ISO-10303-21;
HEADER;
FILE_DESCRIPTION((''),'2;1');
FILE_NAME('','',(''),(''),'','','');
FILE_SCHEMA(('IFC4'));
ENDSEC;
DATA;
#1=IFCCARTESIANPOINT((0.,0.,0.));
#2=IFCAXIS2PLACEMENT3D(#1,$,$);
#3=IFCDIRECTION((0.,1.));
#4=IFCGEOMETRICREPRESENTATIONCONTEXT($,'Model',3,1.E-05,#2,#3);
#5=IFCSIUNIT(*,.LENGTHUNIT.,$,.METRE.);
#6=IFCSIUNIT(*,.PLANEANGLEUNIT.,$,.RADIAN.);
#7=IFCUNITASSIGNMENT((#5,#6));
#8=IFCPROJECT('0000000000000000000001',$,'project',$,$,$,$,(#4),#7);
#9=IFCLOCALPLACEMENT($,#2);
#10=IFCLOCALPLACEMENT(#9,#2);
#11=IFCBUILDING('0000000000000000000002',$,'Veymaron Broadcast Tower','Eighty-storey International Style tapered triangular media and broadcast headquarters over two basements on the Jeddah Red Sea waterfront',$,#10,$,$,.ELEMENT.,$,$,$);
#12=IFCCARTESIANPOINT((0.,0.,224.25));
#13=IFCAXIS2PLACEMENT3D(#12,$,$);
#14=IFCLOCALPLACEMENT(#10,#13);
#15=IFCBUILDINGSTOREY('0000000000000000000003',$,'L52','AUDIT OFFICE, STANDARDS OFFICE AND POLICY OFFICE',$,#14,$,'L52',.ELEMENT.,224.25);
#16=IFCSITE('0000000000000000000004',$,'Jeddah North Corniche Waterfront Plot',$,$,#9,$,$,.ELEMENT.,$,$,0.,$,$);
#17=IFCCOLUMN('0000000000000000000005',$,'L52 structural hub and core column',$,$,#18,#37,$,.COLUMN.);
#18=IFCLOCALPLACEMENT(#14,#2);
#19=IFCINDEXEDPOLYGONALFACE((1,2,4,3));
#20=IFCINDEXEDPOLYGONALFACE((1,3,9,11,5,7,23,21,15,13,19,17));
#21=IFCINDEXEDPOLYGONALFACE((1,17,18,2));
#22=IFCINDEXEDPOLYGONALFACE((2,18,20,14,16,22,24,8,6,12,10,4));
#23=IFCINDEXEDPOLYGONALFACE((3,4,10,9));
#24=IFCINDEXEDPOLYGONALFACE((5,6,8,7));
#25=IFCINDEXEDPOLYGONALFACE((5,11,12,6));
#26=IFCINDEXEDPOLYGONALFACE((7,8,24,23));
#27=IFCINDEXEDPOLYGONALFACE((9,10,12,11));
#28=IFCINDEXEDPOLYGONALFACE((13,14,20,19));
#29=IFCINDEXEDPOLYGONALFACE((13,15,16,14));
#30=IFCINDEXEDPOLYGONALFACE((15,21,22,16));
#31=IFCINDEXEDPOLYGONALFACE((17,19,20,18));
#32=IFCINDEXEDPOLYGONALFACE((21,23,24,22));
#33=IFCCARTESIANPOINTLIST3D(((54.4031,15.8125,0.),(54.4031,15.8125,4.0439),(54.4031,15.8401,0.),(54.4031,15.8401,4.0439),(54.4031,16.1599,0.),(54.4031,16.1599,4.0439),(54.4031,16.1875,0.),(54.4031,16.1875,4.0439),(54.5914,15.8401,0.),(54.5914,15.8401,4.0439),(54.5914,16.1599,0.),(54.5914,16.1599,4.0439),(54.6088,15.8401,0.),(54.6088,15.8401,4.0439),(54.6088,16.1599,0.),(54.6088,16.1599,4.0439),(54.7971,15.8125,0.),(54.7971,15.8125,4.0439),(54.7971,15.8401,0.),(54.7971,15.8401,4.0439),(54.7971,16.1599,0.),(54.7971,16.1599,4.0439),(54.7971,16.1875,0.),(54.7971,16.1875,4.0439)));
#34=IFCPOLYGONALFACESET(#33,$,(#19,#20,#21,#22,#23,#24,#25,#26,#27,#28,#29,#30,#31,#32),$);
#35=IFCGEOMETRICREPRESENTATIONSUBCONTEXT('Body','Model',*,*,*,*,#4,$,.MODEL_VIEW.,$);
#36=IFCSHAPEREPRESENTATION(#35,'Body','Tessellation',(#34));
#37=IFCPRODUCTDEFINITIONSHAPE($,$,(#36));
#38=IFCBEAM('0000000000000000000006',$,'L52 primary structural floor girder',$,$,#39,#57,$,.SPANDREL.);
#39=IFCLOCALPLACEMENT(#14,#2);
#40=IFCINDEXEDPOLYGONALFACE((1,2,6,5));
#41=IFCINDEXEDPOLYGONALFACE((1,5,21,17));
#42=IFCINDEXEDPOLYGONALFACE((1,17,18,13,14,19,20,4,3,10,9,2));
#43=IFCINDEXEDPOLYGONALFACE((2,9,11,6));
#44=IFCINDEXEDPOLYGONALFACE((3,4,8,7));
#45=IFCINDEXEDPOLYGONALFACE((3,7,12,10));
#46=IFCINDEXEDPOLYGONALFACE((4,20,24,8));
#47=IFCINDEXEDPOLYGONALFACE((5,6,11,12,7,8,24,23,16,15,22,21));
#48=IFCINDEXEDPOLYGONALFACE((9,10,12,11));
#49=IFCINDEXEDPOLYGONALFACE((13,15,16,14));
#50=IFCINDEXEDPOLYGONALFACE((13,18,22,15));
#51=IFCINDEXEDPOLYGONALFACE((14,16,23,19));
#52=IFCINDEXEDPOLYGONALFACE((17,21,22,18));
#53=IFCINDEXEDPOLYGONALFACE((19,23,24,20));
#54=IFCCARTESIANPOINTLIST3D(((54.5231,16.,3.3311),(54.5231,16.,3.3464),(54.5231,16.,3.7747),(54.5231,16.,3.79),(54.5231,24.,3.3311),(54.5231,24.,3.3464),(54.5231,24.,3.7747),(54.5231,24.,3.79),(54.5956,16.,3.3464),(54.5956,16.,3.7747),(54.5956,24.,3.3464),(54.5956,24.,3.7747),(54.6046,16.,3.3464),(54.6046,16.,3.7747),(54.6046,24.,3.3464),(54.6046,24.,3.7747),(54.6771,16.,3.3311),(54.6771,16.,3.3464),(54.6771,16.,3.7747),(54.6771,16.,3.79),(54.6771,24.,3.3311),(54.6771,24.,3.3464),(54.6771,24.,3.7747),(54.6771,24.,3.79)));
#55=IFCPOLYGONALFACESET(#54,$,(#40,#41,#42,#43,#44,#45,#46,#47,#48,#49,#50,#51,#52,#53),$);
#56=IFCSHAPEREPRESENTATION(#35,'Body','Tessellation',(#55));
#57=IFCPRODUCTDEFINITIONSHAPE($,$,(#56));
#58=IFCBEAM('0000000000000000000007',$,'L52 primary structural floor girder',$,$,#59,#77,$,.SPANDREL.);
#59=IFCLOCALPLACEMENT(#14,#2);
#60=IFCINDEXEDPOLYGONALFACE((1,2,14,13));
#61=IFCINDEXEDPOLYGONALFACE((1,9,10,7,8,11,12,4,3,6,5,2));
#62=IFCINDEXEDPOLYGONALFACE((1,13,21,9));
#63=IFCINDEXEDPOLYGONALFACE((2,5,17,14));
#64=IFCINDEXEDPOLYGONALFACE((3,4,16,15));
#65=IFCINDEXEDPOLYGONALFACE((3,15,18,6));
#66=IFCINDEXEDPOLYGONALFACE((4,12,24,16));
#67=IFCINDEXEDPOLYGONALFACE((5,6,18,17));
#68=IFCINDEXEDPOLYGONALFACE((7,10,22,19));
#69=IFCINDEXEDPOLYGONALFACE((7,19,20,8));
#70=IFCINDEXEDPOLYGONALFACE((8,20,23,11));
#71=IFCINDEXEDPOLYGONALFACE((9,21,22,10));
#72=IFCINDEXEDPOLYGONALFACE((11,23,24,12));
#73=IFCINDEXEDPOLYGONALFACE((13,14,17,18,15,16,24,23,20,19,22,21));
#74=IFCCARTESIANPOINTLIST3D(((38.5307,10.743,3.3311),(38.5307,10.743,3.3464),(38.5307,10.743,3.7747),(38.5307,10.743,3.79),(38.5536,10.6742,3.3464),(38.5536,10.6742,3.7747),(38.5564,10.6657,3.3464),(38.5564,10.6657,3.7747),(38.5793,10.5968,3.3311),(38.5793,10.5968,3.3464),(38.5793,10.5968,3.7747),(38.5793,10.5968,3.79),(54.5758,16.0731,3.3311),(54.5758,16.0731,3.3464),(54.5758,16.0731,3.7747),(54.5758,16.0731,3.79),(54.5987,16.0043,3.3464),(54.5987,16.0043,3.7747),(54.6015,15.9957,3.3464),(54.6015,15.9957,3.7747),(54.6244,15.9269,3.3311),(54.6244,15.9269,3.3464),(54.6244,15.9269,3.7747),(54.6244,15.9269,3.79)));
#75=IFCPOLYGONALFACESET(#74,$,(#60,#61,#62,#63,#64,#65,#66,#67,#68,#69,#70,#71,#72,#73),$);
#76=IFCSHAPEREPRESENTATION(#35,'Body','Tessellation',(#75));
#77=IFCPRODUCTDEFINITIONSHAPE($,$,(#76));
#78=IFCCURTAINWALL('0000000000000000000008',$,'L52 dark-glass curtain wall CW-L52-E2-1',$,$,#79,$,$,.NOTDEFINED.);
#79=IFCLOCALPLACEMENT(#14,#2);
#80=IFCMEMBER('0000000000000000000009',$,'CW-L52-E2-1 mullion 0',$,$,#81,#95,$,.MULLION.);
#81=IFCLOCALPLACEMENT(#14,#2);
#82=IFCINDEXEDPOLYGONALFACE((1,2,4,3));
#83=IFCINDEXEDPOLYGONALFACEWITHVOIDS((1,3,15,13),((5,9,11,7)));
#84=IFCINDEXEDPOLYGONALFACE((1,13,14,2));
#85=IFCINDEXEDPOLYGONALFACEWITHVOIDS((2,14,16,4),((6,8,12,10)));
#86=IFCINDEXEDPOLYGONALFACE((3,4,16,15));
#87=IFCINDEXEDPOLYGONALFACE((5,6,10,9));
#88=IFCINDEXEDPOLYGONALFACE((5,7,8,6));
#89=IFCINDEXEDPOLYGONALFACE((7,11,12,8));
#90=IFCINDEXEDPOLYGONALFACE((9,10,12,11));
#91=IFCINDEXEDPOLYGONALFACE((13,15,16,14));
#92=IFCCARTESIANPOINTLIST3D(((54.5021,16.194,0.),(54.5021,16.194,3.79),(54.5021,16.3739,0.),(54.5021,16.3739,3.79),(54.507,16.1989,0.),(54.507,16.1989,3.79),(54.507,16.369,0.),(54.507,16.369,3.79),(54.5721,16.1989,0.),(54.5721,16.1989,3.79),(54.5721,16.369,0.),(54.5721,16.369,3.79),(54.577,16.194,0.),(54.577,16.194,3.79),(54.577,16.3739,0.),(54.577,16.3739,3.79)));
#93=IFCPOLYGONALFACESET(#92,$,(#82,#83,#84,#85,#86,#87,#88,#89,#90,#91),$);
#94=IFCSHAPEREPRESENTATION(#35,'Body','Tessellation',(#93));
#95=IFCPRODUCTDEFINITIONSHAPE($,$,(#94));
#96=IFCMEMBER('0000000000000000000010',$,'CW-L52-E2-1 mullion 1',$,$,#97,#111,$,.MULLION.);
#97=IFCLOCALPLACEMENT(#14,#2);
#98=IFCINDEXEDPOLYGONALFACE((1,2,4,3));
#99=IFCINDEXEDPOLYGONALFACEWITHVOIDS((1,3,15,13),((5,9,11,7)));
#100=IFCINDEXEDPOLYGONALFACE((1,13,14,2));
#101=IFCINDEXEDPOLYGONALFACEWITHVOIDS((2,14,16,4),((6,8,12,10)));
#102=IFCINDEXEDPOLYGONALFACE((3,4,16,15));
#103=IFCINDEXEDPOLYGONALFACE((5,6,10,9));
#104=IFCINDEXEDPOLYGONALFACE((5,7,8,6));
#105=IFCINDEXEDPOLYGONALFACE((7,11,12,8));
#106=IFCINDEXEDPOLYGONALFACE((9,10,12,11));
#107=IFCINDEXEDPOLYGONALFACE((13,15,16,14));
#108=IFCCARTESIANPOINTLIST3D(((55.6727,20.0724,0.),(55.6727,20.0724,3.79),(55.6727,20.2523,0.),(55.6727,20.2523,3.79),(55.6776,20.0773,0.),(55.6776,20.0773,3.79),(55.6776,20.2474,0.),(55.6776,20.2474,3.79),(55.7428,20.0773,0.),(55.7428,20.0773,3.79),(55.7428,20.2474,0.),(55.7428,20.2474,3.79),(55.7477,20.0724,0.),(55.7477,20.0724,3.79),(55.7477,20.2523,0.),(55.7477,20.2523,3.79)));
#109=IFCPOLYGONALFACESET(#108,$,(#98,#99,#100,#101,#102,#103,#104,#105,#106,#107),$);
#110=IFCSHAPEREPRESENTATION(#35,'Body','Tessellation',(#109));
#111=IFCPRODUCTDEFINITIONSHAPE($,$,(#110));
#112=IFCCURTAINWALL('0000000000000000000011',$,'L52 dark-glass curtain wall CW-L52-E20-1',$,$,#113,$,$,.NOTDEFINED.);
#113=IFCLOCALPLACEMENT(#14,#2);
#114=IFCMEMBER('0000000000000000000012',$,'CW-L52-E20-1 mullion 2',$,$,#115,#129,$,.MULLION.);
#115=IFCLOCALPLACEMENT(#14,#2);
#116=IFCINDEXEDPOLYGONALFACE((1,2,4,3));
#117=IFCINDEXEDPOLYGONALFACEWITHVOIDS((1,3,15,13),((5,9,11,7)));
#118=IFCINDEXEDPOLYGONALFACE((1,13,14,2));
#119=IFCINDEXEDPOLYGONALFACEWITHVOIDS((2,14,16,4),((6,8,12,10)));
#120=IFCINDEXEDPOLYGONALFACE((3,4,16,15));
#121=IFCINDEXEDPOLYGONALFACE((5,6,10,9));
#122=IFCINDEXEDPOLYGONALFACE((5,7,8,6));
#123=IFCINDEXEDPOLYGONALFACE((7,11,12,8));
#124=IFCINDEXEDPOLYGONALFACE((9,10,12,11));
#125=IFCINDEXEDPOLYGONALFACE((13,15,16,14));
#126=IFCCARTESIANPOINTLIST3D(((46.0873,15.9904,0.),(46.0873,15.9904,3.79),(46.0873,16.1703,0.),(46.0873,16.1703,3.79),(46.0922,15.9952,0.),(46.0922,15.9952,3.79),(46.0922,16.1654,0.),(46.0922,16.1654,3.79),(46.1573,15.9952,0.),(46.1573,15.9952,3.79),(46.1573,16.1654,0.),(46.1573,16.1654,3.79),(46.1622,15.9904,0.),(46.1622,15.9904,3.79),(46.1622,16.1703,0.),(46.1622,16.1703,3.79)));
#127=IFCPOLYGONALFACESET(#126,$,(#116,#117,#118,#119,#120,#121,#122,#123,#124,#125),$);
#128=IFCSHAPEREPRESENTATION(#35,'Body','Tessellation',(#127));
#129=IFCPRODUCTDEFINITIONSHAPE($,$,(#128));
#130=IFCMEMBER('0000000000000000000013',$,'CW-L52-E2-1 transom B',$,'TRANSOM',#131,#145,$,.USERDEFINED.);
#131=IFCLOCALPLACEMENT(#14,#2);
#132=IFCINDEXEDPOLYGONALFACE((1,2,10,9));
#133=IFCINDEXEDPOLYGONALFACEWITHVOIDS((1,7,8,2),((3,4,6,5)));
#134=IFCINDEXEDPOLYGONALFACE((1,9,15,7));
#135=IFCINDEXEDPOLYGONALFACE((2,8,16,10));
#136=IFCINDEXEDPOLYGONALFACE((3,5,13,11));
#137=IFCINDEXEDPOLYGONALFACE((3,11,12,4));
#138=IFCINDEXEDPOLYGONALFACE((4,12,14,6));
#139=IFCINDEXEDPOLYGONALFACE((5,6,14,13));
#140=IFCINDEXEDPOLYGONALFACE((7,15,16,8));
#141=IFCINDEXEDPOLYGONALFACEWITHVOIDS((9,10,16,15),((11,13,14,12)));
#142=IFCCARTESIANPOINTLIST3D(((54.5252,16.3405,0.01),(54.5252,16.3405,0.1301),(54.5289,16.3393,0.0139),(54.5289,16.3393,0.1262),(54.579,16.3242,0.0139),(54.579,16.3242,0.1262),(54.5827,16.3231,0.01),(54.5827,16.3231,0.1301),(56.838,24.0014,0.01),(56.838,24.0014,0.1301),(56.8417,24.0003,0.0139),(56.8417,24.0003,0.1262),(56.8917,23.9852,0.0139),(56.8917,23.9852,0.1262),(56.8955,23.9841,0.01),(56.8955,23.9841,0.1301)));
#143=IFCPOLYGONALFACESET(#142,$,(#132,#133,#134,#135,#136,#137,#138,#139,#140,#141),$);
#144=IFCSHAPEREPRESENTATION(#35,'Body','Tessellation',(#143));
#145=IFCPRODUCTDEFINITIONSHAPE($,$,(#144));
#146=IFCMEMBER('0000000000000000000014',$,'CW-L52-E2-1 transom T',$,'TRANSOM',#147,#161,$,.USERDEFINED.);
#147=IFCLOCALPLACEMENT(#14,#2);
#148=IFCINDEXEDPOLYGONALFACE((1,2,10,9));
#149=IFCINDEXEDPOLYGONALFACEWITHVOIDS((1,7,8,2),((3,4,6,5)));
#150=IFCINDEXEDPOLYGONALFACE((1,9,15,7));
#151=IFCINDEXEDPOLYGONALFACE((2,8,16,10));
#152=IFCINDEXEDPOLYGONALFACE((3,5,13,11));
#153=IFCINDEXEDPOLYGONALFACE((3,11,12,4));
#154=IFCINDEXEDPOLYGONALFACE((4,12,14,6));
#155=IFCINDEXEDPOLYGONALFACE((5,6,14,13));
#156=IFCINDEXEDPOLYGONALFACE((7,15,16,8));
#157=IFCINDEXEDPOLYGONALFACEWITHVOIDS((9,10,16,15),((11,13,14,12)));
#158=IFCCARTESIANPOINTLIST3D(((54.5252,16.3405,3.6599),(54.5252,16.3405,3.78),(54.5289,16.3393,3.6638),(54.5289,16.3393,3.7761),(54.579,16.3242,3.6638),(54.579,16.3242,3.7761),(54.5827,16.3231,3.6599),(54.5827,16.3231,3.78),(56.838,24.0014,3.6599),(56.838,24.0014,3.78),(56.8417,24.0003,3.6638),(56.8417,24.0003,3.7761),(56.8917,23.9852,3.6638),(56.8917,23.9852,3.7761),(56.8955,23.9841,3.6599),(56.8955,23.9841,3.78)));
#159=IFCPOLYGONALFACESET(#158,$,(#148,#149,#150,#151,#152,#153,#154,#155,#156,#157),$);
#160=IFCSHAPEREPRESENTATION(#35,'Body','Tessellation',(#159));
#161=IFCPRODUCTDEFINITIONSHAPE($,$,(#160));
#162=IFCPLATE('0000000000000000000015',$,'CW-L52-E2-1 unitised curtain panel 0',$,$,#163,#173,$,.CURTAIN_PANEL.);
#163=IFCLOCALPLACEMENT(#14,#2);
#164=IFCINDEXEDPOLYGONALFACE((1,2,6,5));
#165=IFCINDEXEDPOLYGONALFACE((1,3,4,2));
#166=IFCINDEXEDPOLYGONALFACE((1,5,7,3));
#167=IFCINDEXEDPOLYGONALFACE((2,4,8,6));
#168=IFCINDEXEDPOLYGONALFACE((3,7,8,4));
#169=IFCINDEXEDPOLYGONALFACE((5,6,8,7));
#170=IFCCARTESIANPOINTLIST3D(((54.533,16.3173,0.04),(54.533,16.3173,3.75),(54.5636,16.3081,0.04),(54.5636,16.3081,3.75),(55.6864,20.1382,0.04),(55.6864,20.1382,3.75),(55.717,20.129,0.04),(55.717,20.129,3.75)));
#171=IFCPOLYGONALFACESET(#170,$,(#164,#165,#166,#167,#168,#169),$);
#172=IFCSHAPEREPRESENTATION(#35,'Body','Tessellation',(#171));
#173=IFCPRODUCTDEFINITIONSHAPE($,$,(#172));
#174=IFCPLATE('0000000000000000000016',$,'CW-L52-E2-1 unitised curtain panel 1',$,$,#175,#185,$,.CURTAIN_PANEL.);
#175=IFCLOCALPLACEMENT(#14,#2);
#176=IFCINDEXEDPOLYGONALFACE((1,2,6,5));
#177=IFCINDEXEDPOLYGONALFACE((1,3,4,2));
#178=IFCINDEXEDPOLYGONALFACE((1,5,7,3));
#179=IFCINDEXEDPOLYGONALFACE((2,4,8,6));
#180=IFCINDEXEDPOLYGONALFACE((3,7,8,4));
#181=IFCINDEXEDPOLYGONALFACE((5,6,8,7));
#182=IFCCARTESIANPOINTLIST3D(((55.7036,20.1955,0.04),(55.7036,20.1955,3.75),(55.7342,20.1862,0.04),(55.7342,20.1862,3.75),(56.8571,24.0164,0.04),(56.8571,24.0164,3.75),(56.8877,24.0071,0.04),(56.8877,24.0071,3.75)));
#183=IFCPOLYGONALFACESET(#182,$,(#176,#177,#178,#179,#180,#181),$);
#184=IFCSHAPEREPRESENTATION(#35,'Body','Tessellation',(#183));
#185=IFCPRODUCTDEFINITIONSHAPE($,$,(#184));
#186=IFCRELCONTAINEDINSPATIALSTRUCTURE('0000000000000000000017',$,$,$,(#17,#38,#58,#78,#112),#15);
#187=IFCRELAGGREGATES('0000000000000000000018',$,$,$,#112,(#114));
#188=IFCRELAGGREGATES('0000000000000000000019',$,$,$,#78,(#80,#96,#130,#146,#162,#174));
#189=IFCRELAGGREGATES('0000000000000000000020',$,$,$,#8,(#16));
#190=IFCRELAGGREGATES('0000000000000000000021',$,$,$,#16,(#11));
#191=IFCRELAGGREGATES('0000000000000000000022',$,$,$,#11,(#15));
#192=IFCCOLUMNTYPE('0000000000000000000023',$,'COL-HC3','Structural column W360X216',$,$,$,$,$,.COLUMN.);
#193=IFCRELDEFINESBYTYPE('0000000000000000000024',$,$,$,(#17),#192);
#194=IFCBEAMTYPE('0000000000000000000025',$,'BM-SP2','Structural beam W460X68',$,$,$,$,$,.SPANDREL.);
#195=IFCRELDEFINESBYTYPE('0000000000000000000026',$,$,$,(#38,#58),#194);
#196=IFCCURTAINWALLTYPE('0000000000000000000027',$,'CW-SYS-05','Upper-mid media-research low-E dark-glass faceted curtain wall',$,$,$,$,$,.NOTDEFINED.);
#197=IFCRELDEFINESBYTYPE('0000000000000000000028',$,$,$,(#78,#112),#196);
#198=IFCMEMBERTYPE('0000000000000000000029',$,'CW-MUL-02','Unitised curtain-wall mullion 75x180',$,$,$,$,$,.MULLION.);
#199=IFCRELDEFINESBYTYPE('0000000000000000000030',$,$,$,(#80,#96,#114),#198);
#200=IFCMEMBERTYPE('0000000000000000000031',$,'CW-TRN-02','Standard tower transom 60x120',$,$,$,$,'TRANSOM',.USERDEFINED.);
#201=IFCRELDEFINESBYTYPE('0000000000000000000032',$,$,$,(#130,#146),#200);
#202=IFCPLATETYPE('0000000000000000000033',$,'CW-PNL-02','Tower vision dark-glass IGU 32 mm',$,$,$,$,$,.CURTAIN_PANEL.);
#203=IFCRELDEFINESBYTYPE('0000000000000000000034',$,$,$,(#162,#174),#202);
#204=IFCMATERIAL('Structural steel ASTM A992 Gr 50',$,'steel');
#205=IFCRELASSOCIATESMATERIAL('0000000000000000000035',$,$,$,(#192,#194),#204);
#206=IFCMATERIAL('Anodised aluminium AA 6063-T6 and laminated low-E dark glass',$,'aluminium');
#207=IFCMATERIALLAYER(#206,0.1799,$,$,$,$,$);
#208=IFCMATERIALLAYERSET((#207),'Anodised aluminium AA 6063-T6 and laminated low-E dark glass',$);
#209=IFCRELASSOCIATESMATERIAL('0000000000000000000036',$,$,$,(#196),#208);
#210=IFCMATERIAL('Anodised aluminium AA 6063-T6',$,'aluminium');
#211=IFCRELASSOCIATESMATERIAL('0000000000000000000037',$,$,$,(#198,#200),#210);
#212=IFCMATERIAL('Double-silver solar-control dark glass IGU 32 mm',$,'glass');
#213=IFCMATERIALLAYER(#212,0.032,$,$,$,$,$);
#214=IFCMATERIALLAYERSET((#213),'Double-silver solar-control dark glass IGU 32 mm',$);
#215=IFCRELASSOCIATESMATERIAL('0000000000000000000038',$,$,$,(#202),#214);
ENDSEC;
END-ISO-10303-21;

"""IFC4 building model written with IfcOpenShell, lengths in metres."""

from ifc_helpers import new_model, si_unit, direction, frame, origin, origin_2d, place, context, subcontext, project, spatial, rectangle, hollow_rectangle, i_section, extrude, material, layer, layer_set, material_profile, profile_set, type_object, element, aggregate, save


model = new_model("IFC4")

# Units and contexts
model_context = context("Model", 3, precision=1e-05, world=origin(), true_north=direction((0.0, 1.0)))
body_context = subcontext(model_context, "Body", "Model", "MODEL_VIEW")
ifc_project = project(units=[si_unit("LENGTHUNIT", "METRE"), si_unit("PLANEANGLEUNIT", "RADIAN")], contexts=[model_context])

# Site, building, storey
site_placement = place(None, origin())
site = spatial("IfcSite", under=ifc_project, at=site_placement, Name="Jeddah North Corniche Waterfront Plot", CompositionType="ELEMENT", RefElevation=0.0)
building_placement = place(site_placement, origin())
building = spatial("IfcBuilding", under=site, at=building_placement, Name="Veymaron Broadcast Tower", Description="Eighty-storey International Style tapered triangular media and broadcast headquarters over two basements on the Jeddah Red Sea waterfront", CompositionType="ELEMENT")
storey_placement = place(building_placement, frame((0.0, 0.0, 224.25)))
storey = spatial("IfcBuildingStorey", under=building, at=storey_placement, Name="L52", Description="AUDIT OFFICE, STANDARDS OFFICE AND POLICY OFFICE", LongName="L52", CompositionType="ELEMENT", Elevation=224.25)

# Column
ifc_material_1 = material(Name="Structural steel ASTM A992 Gr 50", Category="steel")
ifc_material_profile_1 = material_profile(ifc_material_1, i_section(OverallWidth=0.394, OverallDepth=0.375, WebThickness=0.0173, FlangeThickness=0.0276, at=origin_2d()), Name="W360X216")
ifc_profile_set_1 = profile_set([ifc_material_profile_1], Name="Structural steel ASTM A992 Gr 50")
column_type = type_object("IfcColumnType", Name="COL-HC3", Description="Structural column W360X216", PredefinedType="COLUMN", material=ifc_profile_set_1)
column_placement = place(storey_placement, frame((54.6001, 16.0, 0.0), z_axis=(0.0, 0.0, 1.0), x_axis=(1.0, 0.0, 0.0)))
element("IfcColumn", 1, at=column_placement, inside=storey, type_object=column_type, Name="L52 structural hub and core column", PredefinedType="COLUMN", context=body_context, shape_type="SweptSolid", body=[
    extrude(i_section(OverallWidth=0.394, OverallDepth=0.375, WebThickness=0.0173, FlangeThickness=0.0276, at=origin_2d()), origin(), (0.0, 0.0, 1.0), 4.0439),
])

# Beams
ifc_material_profile_2 = material_profile(ifc_material_1, i_section(OverallWidth=0.1541, OverallDepth=0.459, WebThickness=0.009, FlangeThickness=0.0154, at=origin_2d()), Name="W460X68")
ifc_profile_set_2 = profile_set([ifc_material_profile_2], Name="Structural steel ASTM A992 Gr 50")
beam_type = type_object("IfcBeamType", Name="BM-SP2", Description="Structural beam W460X68", PredefinedType="SPANDREL", material=ifc_profile_set_2)
beam_1_placement = place(storey_placement, frame((54.6001, 16.0, 3.5605), z_axis=(0.0, 1.0, 0.0), x_axis=(-1.0, 0.0, 0.0)))
element("IfcBeam", 2, at=beam_1_placement, inside=storey, type_object=beam_type, Name="L52 primary structural floor girder", PredefinedType="SPANDREL", context=body_context, shape_type="SweptSolid", body=[
    extrude(i_section(OverallWidth=0.1541, OverallDepth=0.459, WebThickness=0.009, FlangeThickness=0.0154, at=origin_2d()), origin(), (0.0, 0.0, 1.0), 8.0),
])
beam_2_placement = place(storey_placement, frame((54.6001, 16.0, 3.5605), z_axis=(-0.949008, -0.315253, 0.0), x_axis=(0.315253, -0.949008, 0.0)))
element("IfcBeam", 3, at=beam_2_placement, inside=storey, type_object=beam_type, Name="L52 primary structural floor girder", PredefinedType="SPANDREL", context=body_context, shape_type="SweptSolid", body=[
    extrude(i_section(OverallWidth=0.1541, OverallDepth=0.459, WebThickness=0.009, FlangeThickness=0.0154, at=origin_2d()), origin(), (0.0, 0.0, 1.0), 16.9072),
])

# Curtain wall, members
ifc_material_2 = material(Name="Anodised aluminium AA 6063-T6 and laminated low-E dark glass", Category="aluminium")
ifc_layer_1 = layer(ifc_material_2, 0.1799)
ifc_layer_set_1 = layer_set([ifc_layer_1], Name="Anodised aluminium AA 6063-T6 and laminated low-E dark glass")
curtain_wall_type = type_object("IfcCurtainWallType", Name="CW-SYS-05", Description="Upper-mid media-research low-E dark-glass faceted curtain wall", PredefinedType="NOTDEFINED", material=ifc_layer_set_1)
curtain_wall_1_placement = place(storey_placement, origin())
curtain_wall_1 = element("IfcCurtainWall", 4, at=curtain_wall_1_placement, inside=storey, type_object=curtain_wall_type, Name="L52 dark-glass curtain wall CW-L52-E2-1", PredefinedType="NOTDEFINED")
ifc_material_3 = material(Name="Anodised aluminium AA 6063-T6", Category="aluminium")
ifc_material_profile_3 = material_profile(ifc_material_3, hollow_rectangle(XDim=0.075, YDim=0.1799, WallThickness=0.0049, at=origin_2d()), Name="AL180X75X5")
ifc_profile_set_3 = profile_set([ifc_material_profile_3], Name="Anodised aluminium AA 6063-T6")
member_type_1 = type_object("IfcMemberType", Name="CW-MUL-02", Description="Unitised curtain-wall mullion 75x180", PredefinedType="MULLION", material=ifc_profile_set_3)
member_1_placement = place(storey_placement, frame((54.5396, 16.2839, 0.0), z_axis=(0.0, 0.0, 1.0), x_axis=(1.0, 0.0, 0.0)))
member_1 = element("IfcMember", 5, at=member_1_placement, type_object=member_type_1, Name="CW-L52-E2-1 mullion 0", PredefinedType="MULLION", context=body_context, shape_type="SweptSolid", body=[
    extrude(hollow_rectangle(XDim=0.075, YDim=0.1799, WallThickness=0.0049, at=origin_2d()), origin(), (0.0, 0.0, 1.0), 3.79),
])
member_2_placement = place(storey_placement, frame((55.7102, 20.1624, 0.0), z_axis=(0.0, 0.0, 1.0), x_axis=(1.0, 0.0, 0.0)))
member_2 = element("IfcMember", 6, at=member_2_placement, type_object=member_type_1, Name="CW-L52-E2-1 mullion 1", PredefinedType="MULLION", context=body_context, shape_type="SweptSolid", body=[
    extrude(hollow_rectangle(XDim=0.075, YDim=0.1799, WallThickness=0.0049, at=origin_2d()), origin(), (0.0, 0.0, 1.0), 3.79),
])

# Curtain wall, member
curtain_wall_2_placement = place(storey_placement, origin())
curtain_wall_2 = element("IfcCurtainWall", 7, at=curtain_wall_2_placement, inside=storey, type_object=curtain_wall_type, Name="L52 dark-glass curtain wall CW-L52-E20-1", PredefinedType="NOTDEFINED")
member_3_placement = place(storey_placement, frame((46.1248, 16.0803, 0.0), z_axis=(0.0, 0.0, 1.0), x_axis=(1.0, 0.0, 0.0)))
member_3 = element("IfcMember", 8, at=member_3_placement, type_object=member_type_1, Name="CW-L52-E20-1 mullion 2", PredefinedType="MULLION", context=body_context, shape_type="SweptSolid", body=[
    extrude(hollow_rectangle(XDim=0.075, YDim=0.1799, WallThickness=0.0049, at=origin_2d()), origin(), (0.0, 0.0, 1.0), 3.79),
])
aggregate(curtain_wall_2, [member_3])

# Members
ifc_material_profile_4 = material_profile(ifc_material_3, hollow_rectangle(XDim=0.0601, YDim=0.1201, WallThickness=0.0039, at=origin_2d()), Name="AL120X60X4")
ifc_profile_set_4 = profile_set([ifc_material_profile_4], Name="Anodised aluminium AA 6063-T6")
member_type_2 = type_object("IfcMemberType", Name="CW-TRN-02", Description="Standard tower transom 60x120", ElementType="TRANSOM", PredefinedType="USERDEFINED", material=ifc_profile_set_4)
member_4_placement = place(storey_placement, frame((54.554, 16.3318, 0.0701), z_axis=(0.289007, 0.957327, 0.0), x_axis=(-0.957327, 0.289007, 0.0)))
member_4 = element("IfcMember", 9, at=member_4_placement, type_object=member_type_2, Name="CW-L52-E2-1 transom B", ObjectType="TRANSOM", PredefinedType="USERDEFINED", context=body_context, shape_type="SweptSolid", body=[
    extrude(hollow_rectangle(XDim=0.0601, YDim=0.1201, WallThickness=0.0039, at=origin_2d()), origin(), (0.0, 0.0, 1.0), 8.0024),
])
member_5_placement = place(storey_placement, frame((54.554, 16.3318, 3.72), z_axis=(0.289007, 0.957327, 0.0), x_axis=(-0.957327, 0.289007, 0.0)))
member_5 = element("IfcMember", 10, at=member_5_placement, type_object=member_type_2, Name="CW-L52-E2-1 transom T", ObjectType="TRANSOM", PredefinedType="USERDEFINED", context=body_context, shape_type="SweptSolid", body=[
    extrude(hollow_rectangle(XDim=0.0601, YDim=0.1201, WallThickness=0.0039, at=origin_2d()), origin(), (0.0, 0.0, 1.0), 8.0024),
])

# Plates
ifc_material_4 = material(Name="Double-silver solar-control dark glass IGU 32 mm", Category="glass")
ifc_layer_2 = layer(ifc_material_4, 0.032)
ifc_layer_set_2 = layer_set([ifc_layer_2], Name="Double-silver solar-control dark glass IGU 32 mm")
plate_type = type_object("IfcPlateType", Name="CW-PNL-02", Description="Tower vision dark-glass IGU 32 mm", PredefinedType="CURTAIN_PANEL", material=ifc_layer_set_2)
plate_1_placement = place(storey_placement, frame((55.125, 18.2231, 0.04), z_axis=(0.0, 0.0, 1.0), x_axis=(0.288998, 0.95733, 0.0)))
plate_1 = element("IfcPlate", 11, at=plate_1_placement, type_object=plate_type, Name="CW-L52-E2-1 unitised curtain panel 0", PredefinedType="CURTAIN_PANEL", context=body_context, shape_type="SweptSolid", body=[
    extrude(rectangle(XDim=3.9912, YDim=0.032, at=origin_2d()), origin(), (0.0, 0.0, 1.0), 3.71),
])
plate_2_placement = place(storey_placement, frame((56.2957, 22.1013, 0.04), z_axis=(0.0, 0.0, 1.0), x_axis=(0.288998, 0.95733, 0.0)))
plate_2 = element("IfcPlate", 12, at=plate_2_placement, type_object=plate_type, Name="CW-L52-E2-1 unitised curtain panel 1", PredefinedType="CURTAIN_PANEL", context=body_context, shape_type="SweptSolid", body=[
    extrude(rectangle(XDim=3.9912, YDim=0.032, at=origin_2d()), origin(), (0.0, 0.0, 1.0), 3.71),
])
aggregate(curtain_wall_1, [member_1, member_2, member_4, member_5, plate_1, plate_2])

save(model, "model.ifc")
